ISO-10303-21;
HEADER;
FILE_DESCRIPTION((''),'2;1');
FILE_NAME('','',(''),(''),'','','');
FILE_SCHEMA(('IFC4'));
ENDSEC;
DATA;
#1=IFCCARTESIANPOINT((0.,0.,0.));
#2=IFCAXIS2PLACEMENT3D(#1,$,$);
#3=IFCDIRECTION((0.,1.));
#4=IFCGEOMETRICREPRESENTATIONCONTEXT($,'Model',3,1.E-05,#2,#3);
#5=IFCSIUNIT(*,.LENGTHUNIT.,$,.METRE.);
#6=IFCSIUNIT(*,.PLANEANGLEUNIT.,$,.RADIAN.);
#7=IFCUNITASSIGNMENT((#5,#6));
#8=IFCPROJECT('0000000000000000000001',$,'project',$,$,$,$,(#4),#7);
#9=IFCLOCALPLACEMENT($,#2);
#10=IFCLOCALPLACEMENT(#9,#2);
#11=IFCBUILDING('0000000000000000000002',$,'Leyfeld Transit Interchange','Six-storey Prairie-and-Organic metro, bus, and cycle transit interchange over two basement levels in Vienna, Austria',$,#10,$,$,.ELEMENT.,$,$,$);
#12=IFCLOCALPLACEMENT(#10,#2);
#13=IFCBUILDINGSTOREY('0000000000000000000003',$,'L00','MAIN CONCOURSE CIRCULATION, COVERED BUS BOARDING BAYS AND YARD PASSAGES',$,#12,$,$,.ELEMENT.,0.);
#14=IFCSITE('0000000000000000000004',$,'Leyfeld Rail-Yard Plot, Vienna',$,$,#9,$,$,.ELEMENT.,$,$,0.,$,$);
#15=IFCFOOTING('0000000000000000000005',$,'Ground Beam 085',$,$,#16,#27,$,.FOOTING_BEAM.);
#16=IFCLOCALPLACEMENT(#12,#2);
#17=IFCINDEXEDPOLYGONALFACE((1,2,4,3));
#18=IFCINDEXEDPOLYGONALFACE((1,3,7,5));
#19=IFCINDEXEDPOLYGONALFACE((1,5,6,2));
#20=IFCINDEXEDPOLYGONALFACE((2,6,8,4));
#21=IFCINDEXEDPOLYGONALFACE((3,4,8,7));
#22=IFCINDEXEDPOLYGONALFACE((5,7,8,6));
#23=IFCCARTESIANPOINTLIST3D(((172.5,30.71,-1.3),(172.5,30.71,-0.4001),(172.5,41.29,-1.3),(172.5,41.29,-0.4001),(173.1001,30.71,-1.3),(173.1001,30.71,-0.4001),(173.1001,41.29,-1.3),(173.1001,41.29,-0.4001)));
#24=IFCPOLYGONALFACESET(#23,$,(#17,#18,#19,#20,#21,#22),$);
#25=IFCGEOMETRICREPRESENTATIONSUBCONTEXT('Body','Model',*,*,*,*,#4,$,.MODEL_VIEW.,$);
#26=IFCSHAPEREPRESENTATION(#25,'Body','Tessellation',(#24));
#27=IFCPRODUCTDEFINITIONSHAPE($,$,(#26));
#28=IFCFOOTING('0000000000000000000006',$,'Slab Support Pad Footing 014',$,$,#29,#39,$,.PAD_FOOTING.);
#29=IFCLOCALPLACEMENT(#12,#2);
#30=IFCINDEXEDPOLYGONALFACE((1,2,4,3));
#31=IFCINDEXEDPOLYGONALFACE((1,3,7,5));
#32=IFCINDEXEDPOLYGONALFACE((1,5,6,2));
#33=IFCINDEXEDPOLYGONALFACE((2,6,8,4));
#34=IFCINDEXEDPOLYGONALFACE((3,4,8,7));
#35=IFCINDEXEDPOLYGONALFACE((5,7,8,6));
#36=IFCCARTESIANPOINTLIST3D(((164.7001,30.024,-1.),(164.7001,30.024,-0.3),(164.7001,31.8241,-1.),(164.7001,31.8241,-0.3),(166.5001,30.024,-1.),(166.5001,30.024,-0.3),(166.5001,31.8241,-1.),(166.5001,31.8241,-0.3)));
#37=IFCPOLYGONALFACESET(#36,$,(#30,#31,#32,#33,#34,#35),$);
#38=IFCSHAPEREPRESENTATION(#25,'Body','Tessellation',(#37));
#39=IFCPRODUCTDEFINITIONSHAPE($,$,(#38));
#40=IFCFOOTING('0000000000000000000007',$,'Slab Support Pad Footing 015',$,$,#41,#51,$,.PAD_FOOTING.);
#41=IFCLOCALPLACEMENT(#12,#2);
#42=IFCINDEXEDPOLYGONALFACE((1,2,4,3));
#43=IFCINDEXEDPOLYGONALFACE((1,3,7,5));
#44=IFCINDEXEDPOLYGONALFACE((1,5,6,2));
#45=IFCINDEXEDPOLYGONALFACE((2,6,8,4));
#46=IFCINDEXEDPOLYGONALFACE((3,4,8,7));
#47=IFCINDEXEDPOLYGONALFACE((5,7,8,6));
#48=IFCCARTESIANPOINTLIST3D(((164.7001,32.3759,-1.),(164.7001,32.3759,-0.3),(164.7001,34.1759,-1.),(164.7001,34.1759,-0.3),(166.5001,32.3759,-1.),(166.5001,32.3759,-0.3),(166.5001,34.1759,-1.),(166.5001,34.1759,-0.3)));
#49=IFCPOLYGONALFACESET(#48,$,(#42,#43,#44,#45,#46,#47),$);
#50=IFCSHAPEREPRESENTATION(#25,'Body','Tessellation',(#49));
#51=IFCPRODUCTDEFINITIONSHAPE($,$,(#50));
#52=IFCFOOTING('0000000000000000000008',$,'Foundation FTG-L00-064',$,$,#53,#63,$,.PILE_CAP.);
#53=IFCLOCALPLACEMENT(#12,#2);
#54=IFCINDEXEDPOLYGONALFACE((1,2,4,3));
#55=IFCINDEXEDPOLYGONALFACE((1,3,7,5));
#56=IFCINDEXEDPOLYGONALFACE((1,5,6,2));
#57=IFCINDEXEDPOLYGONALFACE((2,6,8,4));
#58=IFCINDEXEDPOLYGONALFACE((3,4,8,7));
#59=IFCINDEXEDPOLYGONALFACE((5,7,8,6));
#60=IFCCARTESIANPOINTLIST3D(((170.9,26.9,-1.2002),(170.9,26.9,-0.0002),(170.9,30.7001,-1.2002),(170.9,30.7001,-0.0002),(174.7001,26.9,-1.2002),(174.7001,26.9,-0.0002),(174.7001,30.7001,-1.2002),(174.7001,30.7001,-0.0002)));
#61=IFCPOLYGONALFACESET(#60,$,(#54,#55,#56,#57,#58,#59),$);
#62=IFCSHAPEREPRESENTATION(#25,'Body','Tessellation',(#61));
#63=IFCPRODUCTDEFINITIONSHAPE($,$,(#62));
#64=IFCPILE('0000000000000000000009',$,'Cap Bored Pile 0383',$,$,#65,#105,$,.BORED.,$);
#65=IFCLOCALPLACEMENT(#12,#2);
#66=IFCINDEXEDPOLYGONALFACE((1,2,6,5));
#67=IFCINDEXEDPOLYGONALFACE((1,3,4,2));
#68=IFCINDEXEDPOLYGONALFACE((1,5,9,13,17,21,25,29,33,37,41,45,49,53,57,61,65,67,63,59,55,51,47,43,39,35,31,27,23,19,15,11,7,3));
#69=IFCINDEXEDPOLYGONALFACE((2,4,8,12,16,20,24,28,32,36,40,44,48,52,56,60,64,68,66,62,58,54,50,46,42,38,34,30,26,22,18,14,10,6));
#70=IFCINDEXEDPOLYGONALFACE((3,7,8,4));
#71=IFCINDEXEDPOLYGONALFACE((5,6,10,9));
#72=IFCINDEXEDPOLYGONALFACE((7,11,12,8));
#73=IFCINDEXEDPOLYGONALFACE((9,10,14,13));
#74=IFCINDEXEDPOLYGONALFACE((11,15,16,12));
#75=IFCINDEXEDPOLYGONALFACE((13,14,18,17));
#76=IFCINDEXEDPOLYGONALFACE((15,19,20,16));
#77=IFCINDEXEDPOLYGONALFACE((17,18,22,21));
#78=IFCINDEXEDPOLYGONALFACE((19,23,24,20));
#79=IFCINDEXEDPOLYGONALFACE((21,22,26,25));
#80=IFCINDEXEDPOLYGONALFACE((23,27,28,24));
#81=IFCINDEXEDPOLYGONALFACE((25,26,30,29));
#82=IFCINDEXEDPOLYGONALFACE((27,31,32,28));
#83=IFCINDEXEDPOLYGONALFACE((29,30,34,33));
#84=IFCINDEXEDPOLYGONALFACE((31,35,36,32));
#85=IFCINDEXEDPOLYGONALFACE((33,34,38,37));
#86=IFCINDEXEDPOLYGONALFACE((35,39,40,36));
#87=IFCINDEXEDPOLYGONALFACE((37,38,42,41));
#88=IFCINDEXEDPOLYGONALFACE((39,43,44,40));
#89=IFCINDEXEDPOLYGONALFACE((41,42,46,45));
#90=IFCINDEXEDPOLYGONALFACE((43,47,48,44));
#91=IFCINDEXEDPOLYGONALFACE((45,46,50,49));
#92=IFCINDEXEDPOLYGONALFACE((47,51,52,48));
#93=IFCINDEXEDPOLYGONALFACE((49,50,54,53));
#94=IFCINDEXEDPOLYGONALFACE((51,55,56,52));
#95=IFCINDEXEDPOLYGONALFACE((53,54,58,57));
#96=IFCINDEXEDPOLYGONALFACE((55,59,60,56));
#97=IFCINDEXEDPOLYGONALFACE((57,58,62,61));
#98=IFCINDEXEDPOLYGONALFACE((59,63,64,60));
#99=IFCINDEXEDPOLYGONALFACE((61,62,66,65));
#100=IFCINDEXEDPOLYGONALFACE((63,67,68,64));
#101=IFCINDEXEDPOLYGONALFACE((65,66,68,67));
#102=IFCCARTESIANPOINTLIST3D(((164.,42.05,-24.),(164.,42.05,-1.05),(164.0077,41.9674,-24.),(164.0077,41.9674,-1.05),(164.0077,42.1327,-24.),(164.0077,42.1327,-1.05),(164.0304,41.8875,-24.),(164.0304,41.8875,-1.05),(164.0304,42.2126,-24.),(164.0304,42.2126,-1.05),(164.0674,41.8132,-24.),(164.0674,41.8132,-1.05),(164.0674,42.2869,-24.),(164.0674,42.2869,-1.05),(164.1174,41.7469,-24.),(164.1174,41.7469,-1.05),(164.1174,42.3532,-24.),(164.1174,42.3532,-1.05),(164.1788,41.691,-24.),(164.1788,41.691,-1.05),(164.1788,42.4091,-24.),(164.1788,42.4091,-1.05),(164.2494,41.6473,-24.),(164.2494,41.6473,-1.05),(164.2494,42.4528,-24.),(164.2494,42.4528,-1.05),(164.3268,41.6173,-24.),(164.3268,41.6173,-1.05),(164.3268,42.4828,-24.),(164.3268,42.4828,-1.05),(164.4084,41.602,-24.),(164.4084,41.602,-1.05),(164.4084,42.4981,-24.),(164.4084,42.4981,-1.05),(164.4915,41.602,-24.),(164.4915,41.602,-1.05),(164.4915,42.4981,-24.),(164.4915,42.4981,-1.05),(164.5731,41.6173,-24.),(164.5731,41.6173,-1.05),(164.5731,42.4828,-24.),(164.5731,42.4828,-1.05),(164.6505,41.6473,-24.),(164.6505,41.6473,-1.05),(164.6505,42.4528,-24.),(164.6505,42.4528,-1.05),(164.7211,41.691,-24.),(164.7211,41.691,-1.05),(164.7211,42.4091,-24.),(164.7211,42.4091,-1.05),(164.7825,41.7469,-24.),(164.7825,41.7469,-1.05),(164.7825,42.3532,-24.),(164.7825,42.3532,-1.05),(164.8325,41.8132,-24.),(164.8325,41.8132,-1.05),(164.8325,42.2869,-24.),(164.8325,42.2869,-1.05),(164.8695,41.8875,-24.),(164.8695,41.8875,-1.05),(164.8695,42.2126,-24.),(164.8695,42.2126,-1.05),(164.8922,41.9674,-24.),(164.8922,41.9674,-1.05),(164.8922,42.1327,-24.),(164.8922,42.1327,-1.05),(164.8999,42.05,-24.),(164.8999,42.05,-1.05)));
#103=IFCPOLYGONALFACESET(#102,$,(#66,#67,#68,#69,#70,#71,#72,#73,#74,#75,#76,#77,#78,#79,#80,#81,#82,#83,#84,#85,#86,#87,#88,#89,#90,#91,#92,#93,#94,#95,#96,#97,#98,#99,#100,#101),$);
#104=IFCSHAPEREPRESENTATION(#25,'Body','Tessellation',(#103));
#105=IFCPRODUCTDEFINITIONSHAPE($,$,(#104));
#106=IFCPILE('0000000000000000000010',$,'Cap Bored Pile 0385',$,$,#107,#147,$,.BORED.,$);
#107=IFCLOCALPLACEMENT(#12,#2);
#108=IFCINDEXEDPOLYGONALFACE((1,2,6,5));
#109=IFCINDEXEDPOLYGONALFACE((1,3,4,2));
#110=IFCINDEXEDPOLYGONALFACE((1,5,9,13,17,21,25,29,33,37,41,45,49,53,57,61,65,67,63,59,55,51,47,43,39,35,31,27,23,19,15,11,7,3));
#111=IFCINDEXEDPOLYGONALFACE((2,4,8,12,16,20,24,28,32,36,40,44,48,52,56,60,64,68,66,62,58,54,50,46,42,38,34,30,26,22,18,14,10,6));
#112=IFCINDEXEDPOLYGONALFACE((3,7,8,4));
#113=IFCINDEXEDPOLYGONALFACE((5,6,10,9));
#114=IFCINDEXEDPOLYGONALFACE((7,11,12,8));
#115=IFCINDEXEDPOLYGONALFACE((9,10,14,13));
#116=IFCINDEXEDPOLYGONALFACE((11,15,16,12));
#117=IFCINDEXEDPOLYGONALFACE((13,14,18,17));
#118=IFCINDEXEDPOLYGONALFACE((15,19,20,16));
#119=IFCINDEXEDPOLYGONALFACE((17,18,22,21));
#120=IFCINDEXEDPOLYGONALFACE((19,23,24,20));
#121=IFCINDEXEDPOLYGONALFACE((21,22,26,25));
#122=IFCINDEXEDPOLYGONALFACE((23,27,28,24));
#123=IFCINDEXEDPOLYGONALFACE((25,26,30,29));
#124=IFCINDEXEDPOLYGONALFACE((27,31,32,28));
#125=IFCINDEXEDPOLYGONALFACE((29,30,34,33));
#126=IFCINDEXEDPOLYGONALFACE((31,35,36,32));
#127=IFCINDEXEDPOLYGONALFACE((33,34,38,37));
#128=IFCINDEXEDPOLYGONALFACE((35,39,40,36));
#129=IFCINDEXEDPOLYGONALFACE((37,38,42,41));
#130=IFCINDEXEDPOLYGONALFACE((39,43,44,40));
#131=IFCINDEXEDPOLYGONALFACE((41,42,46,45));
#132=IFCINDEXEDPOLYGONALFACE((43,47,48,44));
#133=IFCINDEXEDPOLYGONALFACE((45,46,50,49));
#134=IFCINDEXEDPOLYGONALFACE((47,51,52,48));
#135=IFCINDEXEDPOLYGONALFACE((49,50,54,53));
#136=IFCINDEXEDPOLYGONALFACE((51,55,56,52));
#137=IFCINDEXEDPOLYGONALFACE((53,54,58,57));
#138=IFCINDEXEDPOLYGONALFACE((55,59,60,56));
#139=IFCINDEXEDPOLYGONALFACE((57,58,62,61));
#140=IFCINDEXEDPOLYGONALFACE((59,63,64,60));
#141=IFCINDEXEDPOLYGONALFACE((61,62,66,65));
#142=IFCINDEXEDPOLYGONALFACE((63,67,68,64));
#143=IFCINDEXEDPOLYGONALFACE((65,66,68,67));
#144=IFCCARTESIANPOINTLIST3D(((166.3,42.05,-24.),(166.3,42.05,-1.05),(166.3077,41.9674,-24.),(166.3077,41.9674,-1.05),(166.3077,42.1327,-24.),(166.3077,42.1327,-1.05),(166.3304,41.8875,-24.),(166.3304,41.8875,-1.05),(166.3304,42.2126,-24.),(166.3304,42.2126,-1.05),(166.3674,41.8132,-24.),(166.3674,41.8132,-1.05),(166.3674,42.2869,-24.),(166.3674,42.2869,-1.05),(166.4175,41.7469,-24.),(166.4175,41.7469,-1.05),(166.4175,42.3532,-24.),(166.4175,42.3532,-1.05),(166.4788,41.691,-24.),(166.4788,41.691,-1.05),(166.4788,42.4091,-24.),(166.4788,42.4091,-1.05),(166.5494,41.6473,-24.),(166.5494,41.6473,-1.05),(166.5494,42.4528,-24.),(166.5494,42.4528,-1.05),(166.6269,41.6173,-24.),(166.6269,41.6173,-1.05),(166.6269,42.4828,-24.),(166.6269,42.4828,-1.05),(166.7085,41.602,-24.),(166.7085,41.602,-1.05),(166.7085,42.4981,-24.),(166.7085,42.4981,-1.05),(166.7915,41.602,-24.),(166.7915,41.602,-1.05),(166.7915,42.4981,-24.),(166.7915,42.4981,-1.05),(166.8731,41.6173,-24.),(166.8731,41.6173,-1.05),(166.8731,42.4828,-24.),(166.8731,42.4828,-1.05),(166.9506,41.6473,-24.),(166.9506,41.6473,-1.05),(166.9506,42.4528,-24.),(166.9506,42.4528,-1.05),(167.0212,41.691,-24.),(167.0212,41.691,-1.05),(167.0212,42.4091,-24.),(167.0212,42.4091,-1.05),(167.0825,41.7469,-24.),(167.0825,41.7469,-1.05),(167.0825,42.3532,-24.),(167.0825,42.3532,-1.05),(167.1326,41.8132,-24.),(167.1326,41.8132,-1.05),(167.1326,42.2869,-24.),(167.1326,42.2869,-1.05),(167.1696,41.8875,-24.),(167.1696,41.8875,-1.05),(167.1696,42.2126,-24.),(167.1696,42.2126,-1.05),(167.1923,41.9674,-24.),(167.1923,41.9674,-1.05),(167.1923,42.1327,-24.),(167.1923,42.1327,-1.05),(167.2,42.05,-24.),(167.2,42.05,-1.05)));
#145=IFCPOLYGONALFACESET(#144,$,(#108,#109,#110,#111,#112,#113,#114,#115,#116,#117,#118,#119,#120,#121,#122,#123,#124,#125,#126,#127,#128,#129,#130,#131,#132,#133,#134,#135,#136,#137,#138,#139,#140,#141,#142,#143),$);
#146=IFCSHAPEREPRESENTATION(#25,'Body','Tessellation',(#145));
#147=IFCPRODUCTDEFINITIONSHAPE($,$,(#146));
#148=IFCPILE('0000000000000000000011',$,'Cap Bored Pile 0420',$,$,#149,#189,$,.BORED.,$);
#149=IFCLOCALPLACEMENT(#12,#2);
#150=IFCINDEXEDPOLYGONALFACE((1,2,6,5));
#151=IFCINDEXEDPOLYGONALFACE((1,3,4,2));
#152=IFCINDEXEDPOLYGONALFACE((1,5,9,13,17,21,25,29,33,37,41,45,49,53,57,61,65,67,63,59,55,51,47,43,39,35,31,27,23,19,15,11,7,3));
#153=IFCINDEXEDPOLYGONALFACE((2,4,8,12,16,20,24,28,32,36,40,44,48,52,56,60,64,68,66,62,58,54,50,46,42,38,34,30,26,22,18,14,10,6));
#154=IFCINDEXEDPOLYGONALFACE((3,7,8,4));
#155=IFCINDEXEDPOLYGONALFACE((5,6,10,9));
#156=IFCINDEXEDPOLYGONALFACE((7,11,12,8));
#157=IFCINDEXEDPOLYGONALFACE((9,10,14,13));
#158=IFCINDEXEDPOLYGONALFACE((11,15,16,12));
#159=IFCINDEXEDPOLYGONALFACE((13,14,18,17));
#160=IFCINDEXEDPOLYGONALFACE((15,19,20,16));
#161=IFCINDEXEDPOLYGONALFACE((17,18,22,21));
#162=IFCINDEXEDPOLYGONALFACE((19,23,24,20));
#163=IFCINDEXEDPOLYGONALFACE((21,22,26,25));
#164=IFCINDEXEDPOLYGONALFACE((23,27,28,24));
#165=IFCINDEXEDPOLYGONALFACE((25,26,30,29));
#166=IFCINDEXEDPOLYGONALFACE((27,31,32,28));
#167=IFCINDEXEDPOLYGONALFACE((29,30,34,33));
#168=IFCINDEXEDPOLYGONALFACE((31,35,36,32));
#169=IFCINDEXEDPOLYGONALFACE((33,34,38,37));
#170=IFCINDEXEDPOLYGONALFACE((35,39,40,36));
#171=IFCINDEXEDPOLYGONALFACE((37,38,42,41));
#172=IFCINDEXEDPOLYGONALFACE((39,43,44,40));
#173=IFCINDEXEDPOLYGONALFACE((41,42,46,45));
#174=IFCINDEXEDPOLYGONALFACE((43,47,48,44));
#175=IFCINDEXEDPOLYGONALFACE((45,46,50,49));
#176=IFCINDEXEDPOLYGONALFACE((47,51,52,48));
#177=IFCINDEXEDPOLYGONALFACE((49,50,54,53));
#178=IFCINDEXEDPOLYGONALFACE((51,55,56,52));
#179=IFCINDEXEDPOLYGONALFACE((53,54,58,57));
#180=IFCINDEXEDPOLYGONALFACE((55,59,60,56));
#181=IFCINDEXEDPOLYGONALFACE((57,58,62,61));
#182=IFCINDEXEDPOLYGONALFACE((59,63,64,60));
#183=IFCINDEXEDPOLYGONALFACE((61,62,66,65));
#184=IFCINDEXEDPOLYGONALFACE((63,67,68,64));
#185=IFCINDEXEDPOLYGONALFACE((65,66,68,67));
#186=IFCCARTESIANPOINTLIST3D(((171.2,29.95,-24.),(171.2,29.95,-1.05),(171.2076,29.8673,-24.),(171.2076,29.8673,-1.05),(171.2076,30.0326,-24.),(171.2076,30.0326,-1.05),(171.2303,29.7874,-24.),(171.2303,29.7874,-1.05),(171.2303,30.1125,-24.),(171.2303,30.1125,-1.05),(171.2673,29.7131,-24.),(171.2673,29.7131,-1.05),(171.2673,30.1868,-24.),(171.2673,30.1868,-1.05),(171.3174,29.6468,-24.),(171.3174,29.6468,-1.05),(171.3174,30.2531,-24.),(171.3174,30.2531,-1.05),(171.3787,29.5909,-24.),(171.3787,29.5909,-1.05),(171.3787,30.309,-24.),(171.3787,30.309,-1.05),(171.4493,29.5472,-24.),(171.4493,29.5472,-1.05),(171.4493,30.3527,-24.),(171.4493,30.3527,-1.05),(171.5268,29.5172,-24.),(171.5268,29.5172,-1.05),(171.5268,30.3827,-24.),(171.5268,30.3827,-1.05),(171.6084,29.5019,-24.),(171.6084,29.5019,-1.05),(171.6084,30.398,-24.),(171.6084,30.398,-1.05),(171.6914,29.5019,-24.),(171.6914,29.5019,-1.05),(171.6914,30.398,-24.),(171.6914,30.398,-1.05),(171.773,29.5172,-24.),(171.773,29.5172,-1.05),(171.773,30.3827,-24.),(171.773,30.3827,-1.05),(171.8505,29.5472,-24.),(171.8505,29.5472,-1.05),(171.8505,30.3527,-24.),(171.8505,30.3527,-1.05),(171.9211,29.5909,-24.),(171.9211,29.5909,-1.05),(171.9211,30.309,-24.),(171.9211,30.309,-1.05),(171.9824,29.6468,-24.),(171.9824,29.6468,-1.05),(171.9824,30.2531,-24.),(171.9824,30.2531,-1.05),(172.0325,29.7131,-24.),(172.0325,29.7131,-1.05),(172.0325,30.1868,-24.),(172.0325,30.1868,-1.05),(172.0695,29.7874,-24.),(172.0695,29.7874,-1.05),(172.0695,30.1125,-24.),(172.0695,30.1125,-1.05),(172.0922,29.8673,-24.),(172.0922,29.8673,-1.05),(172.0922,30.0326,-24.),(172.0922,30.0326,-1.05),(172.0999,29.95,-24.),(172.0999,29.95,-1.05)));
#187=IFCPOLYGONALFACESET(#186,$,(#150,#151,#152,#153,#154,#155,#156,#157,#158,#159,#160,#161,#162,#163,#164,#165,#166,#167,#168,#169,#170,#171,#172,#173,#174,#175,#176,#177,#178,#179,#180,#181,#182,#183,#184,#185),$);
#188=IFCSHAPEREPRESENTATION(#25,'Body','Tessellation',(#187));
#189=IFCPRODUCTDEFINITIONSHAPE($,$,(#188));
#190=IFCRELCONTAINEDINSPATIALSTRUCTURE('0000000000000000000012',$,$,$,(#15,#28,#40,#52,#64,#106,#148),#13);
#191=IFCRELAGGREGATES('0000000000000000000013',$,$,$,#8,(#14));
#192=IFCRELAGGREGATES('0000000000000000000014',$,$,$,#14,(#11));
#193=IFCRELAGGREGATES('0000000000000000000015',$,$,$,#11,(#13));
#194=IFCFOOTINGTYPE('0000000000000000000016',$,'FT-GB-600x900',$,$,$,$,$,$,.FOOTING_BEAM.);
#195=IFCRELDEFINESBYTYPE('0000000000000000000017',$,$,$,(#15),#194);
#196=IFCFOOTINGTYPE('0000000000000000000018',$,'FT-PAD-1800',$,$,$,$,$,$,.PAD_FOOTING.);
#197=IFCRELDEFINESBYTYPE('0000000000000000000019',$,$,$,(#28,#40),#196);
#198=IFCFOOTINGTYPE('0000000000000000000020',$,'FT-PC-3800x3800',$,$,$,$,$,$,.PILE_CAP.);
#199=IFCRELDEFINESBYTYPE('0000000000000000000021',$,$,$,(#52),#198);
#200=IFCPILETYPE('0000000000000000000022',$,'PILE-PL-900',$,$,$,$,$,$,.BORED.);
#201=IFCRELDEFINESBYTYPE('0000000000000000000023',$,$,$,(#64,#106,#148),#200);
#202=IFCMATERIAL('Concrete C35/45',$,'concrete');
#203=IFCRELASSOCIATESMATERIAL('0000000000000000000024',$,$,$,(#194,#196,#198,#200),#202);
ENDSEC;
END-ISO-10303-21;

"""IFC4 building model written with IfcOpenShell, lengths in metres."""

from ifc_helpers import new_model, si_unit, direction, frame, origin, origin_2d, place, context, subcontext, project, spatial, rectangle, circle, extrude, material, material_profile, profile_set, type_object, element, save


model = new_model("IFC4")

# Units and contexts
model_context = context("Model", 3, precision=1e-05, world=origin(), true_north=direction((0.0, 1.0)))
body_context = subcontext(model_context, "Body", "Model", "MODEL_VIEW")
ifc_project = project(units=[si_unit("LENGTHUNIT", "METRE"), si_unit("PLANEANGLEUNIT", "RADIAN")], contexts=[model_context])

# Site, building, storey
site_placement = place(None, origin())
site = spatial("IfcSite", under=ifc_project, at=site_placement, Name="Leyfeld Rail-Yard Plot, Vienna", CompositionType="ELEMENT", RefElevation=0.0)
building_placement = place(site_placement, origin())
building = spatial("IfcBuilding", under=site, at=building_placement, Name="Leyfeld Transit Interchange", Description="Six-storey Prairie-and-Organic metro, bus, and cycle transit interchange over two basement levels in Vienna, Austria", CompositionType="ELEMENT")
storey_placement = place(building_placement, origin())
storey = spatial("IfcBuildingStorey", under=building, at=storey_placement, Name="L00", Description="MAIN CONCOURSE CIRCULATION, COVERED BUS BOARDING BAYS AND YARD PASSAGES", CompositionType="ELEMENT", Elevation=0.0)

# Footings
ifc_material_1 = material(Name="Concrete C35/45", Category="concrete")
footing_type_1 = type_object("IfcFootingType", Name="FT-GB-600x900", PredefinedType="FOOTING_BEAM", material=ifc_material_1)
footing_1_placement = place(storey_placement, frame((172.8, 36.0, -1.3), z_axis=(0.0, 0.0, 1.0), x_axis=(1.0, 0.0, 0.0)))
element("IfcFooting", 1, at=footing_1_placement, inside=storey, type_object=footing_type_1, Name="Ground Beam 085", PredefinedType="FOOTING_BEAM", context=body_context, shape_type="SweptSolid", body=[
    extrude(rectangle(XDim=0.6001, YDim=10.5801, at=origin_2d()), origin(), (0.0, 0.0, 1.0), 0.8999),
])
footing_type_2 = type_object("IfcFootingType", Name="FT-PAD-1800", PredefinedType="PAD_FOOTING", material=ifc_material_1)
for number, where, z_axis, x_axis, name in (
    (2, (165.6001, 30.9241, -1.0), (0.0, 0.0, 1.0), (1.0, 0.0, 0.0), "Slab Support Pad Footing 014"),
    (3, (165.6001, 33.2759, -1.0), (0.0, 0.0, 1.0), (1.0, 0.0, 0.0), "Slab Support Pad Footing 015"),
):
    element("IfcFooting", number, at=place(storey_placement, frame(where, z_axis=z_axis, x_axis=x_axis)), inside=storey, type_object=footing_type_2, Name=name, PredefinedType="PAD_FOOTING", context=body_context, shape_type="SweptSolid", body=[
        extrude(rectangle(XDim=1.8, YDim=1.8, at=origin_2d()), origin(), (0.0, 0.0, 1.0), 0.7),
    ])
footing_type_3 = type_object("IfcFootingType", Name="FT-PC-3800x3800", PredefinedType="PILE_CAP", material=ifc_material_1)
footing_2_placement = place(storey_placement, frame((172.8, 28.8, -1.2002), z_axis=(0.0, 0.0, 1.0), x_axis=(1.0, 0.0, 0.0)))
element("IfcFooting", 4, at=footing_2_placement, inside=storey, type_object=footing_type_3, Name="Foundation FTG-L00-064", PredefinedType="PILE_CAP", context=body_context, shape_type="SweptSolid", body=[
    extrude(rectangle(XDim=3.8, YDim=3.8, at=origin_2d()), origin(), (0.0, 0.0, 1.0), 1.2),
])

# Piles
ifc_material_profile_1 = material_profile(ifc_material_1, circle(Radius=0.45, at=origin_2d()), Name="PILE D900")
ifc_profile_set_1 = profile_set([ifc_material_profile_1], Name="Concrete C35/45")
pile_type = type_object("IfcPileType", Name="PILE-PL-900", PredefinedType="BORED", material=ifc_profile_set_1)
for number, where, z_axis, x_axis, name in (
    (5, (164.45, 42.05, -1.05), (0.0, 0.0, -1.0), (1.0, 0.0, 0.0), "Cap Bored Pile 0383"),
    (6, (166.75, 42.05, -1.05), (0.0, 0.0, -1.0), (1.0, 0.0, 0.0), "Cap Bored Pile 0385"),
    (7, (171.6499, 29.95, -1.05), (0.0, 0.0, -1.0), (1.0, 0.0, 0.0), "Cap Bored Pile 0420"),
):
    element("IfcPile", number, at=place(storey_placement, frame(where, z_axis=z_axis, x_axis=x_axis)), inside=storey, type_object=pile_type, Name=name, PredefinedType="BORED", context=body_context, shape_type="SweptSolid", body=[
        extrude(circle(Radius=0.45, at=origin_2d()), origin(), (0.0, 0.0, 1.0), 22.95),
    ])

save(model, "model.ifc")
